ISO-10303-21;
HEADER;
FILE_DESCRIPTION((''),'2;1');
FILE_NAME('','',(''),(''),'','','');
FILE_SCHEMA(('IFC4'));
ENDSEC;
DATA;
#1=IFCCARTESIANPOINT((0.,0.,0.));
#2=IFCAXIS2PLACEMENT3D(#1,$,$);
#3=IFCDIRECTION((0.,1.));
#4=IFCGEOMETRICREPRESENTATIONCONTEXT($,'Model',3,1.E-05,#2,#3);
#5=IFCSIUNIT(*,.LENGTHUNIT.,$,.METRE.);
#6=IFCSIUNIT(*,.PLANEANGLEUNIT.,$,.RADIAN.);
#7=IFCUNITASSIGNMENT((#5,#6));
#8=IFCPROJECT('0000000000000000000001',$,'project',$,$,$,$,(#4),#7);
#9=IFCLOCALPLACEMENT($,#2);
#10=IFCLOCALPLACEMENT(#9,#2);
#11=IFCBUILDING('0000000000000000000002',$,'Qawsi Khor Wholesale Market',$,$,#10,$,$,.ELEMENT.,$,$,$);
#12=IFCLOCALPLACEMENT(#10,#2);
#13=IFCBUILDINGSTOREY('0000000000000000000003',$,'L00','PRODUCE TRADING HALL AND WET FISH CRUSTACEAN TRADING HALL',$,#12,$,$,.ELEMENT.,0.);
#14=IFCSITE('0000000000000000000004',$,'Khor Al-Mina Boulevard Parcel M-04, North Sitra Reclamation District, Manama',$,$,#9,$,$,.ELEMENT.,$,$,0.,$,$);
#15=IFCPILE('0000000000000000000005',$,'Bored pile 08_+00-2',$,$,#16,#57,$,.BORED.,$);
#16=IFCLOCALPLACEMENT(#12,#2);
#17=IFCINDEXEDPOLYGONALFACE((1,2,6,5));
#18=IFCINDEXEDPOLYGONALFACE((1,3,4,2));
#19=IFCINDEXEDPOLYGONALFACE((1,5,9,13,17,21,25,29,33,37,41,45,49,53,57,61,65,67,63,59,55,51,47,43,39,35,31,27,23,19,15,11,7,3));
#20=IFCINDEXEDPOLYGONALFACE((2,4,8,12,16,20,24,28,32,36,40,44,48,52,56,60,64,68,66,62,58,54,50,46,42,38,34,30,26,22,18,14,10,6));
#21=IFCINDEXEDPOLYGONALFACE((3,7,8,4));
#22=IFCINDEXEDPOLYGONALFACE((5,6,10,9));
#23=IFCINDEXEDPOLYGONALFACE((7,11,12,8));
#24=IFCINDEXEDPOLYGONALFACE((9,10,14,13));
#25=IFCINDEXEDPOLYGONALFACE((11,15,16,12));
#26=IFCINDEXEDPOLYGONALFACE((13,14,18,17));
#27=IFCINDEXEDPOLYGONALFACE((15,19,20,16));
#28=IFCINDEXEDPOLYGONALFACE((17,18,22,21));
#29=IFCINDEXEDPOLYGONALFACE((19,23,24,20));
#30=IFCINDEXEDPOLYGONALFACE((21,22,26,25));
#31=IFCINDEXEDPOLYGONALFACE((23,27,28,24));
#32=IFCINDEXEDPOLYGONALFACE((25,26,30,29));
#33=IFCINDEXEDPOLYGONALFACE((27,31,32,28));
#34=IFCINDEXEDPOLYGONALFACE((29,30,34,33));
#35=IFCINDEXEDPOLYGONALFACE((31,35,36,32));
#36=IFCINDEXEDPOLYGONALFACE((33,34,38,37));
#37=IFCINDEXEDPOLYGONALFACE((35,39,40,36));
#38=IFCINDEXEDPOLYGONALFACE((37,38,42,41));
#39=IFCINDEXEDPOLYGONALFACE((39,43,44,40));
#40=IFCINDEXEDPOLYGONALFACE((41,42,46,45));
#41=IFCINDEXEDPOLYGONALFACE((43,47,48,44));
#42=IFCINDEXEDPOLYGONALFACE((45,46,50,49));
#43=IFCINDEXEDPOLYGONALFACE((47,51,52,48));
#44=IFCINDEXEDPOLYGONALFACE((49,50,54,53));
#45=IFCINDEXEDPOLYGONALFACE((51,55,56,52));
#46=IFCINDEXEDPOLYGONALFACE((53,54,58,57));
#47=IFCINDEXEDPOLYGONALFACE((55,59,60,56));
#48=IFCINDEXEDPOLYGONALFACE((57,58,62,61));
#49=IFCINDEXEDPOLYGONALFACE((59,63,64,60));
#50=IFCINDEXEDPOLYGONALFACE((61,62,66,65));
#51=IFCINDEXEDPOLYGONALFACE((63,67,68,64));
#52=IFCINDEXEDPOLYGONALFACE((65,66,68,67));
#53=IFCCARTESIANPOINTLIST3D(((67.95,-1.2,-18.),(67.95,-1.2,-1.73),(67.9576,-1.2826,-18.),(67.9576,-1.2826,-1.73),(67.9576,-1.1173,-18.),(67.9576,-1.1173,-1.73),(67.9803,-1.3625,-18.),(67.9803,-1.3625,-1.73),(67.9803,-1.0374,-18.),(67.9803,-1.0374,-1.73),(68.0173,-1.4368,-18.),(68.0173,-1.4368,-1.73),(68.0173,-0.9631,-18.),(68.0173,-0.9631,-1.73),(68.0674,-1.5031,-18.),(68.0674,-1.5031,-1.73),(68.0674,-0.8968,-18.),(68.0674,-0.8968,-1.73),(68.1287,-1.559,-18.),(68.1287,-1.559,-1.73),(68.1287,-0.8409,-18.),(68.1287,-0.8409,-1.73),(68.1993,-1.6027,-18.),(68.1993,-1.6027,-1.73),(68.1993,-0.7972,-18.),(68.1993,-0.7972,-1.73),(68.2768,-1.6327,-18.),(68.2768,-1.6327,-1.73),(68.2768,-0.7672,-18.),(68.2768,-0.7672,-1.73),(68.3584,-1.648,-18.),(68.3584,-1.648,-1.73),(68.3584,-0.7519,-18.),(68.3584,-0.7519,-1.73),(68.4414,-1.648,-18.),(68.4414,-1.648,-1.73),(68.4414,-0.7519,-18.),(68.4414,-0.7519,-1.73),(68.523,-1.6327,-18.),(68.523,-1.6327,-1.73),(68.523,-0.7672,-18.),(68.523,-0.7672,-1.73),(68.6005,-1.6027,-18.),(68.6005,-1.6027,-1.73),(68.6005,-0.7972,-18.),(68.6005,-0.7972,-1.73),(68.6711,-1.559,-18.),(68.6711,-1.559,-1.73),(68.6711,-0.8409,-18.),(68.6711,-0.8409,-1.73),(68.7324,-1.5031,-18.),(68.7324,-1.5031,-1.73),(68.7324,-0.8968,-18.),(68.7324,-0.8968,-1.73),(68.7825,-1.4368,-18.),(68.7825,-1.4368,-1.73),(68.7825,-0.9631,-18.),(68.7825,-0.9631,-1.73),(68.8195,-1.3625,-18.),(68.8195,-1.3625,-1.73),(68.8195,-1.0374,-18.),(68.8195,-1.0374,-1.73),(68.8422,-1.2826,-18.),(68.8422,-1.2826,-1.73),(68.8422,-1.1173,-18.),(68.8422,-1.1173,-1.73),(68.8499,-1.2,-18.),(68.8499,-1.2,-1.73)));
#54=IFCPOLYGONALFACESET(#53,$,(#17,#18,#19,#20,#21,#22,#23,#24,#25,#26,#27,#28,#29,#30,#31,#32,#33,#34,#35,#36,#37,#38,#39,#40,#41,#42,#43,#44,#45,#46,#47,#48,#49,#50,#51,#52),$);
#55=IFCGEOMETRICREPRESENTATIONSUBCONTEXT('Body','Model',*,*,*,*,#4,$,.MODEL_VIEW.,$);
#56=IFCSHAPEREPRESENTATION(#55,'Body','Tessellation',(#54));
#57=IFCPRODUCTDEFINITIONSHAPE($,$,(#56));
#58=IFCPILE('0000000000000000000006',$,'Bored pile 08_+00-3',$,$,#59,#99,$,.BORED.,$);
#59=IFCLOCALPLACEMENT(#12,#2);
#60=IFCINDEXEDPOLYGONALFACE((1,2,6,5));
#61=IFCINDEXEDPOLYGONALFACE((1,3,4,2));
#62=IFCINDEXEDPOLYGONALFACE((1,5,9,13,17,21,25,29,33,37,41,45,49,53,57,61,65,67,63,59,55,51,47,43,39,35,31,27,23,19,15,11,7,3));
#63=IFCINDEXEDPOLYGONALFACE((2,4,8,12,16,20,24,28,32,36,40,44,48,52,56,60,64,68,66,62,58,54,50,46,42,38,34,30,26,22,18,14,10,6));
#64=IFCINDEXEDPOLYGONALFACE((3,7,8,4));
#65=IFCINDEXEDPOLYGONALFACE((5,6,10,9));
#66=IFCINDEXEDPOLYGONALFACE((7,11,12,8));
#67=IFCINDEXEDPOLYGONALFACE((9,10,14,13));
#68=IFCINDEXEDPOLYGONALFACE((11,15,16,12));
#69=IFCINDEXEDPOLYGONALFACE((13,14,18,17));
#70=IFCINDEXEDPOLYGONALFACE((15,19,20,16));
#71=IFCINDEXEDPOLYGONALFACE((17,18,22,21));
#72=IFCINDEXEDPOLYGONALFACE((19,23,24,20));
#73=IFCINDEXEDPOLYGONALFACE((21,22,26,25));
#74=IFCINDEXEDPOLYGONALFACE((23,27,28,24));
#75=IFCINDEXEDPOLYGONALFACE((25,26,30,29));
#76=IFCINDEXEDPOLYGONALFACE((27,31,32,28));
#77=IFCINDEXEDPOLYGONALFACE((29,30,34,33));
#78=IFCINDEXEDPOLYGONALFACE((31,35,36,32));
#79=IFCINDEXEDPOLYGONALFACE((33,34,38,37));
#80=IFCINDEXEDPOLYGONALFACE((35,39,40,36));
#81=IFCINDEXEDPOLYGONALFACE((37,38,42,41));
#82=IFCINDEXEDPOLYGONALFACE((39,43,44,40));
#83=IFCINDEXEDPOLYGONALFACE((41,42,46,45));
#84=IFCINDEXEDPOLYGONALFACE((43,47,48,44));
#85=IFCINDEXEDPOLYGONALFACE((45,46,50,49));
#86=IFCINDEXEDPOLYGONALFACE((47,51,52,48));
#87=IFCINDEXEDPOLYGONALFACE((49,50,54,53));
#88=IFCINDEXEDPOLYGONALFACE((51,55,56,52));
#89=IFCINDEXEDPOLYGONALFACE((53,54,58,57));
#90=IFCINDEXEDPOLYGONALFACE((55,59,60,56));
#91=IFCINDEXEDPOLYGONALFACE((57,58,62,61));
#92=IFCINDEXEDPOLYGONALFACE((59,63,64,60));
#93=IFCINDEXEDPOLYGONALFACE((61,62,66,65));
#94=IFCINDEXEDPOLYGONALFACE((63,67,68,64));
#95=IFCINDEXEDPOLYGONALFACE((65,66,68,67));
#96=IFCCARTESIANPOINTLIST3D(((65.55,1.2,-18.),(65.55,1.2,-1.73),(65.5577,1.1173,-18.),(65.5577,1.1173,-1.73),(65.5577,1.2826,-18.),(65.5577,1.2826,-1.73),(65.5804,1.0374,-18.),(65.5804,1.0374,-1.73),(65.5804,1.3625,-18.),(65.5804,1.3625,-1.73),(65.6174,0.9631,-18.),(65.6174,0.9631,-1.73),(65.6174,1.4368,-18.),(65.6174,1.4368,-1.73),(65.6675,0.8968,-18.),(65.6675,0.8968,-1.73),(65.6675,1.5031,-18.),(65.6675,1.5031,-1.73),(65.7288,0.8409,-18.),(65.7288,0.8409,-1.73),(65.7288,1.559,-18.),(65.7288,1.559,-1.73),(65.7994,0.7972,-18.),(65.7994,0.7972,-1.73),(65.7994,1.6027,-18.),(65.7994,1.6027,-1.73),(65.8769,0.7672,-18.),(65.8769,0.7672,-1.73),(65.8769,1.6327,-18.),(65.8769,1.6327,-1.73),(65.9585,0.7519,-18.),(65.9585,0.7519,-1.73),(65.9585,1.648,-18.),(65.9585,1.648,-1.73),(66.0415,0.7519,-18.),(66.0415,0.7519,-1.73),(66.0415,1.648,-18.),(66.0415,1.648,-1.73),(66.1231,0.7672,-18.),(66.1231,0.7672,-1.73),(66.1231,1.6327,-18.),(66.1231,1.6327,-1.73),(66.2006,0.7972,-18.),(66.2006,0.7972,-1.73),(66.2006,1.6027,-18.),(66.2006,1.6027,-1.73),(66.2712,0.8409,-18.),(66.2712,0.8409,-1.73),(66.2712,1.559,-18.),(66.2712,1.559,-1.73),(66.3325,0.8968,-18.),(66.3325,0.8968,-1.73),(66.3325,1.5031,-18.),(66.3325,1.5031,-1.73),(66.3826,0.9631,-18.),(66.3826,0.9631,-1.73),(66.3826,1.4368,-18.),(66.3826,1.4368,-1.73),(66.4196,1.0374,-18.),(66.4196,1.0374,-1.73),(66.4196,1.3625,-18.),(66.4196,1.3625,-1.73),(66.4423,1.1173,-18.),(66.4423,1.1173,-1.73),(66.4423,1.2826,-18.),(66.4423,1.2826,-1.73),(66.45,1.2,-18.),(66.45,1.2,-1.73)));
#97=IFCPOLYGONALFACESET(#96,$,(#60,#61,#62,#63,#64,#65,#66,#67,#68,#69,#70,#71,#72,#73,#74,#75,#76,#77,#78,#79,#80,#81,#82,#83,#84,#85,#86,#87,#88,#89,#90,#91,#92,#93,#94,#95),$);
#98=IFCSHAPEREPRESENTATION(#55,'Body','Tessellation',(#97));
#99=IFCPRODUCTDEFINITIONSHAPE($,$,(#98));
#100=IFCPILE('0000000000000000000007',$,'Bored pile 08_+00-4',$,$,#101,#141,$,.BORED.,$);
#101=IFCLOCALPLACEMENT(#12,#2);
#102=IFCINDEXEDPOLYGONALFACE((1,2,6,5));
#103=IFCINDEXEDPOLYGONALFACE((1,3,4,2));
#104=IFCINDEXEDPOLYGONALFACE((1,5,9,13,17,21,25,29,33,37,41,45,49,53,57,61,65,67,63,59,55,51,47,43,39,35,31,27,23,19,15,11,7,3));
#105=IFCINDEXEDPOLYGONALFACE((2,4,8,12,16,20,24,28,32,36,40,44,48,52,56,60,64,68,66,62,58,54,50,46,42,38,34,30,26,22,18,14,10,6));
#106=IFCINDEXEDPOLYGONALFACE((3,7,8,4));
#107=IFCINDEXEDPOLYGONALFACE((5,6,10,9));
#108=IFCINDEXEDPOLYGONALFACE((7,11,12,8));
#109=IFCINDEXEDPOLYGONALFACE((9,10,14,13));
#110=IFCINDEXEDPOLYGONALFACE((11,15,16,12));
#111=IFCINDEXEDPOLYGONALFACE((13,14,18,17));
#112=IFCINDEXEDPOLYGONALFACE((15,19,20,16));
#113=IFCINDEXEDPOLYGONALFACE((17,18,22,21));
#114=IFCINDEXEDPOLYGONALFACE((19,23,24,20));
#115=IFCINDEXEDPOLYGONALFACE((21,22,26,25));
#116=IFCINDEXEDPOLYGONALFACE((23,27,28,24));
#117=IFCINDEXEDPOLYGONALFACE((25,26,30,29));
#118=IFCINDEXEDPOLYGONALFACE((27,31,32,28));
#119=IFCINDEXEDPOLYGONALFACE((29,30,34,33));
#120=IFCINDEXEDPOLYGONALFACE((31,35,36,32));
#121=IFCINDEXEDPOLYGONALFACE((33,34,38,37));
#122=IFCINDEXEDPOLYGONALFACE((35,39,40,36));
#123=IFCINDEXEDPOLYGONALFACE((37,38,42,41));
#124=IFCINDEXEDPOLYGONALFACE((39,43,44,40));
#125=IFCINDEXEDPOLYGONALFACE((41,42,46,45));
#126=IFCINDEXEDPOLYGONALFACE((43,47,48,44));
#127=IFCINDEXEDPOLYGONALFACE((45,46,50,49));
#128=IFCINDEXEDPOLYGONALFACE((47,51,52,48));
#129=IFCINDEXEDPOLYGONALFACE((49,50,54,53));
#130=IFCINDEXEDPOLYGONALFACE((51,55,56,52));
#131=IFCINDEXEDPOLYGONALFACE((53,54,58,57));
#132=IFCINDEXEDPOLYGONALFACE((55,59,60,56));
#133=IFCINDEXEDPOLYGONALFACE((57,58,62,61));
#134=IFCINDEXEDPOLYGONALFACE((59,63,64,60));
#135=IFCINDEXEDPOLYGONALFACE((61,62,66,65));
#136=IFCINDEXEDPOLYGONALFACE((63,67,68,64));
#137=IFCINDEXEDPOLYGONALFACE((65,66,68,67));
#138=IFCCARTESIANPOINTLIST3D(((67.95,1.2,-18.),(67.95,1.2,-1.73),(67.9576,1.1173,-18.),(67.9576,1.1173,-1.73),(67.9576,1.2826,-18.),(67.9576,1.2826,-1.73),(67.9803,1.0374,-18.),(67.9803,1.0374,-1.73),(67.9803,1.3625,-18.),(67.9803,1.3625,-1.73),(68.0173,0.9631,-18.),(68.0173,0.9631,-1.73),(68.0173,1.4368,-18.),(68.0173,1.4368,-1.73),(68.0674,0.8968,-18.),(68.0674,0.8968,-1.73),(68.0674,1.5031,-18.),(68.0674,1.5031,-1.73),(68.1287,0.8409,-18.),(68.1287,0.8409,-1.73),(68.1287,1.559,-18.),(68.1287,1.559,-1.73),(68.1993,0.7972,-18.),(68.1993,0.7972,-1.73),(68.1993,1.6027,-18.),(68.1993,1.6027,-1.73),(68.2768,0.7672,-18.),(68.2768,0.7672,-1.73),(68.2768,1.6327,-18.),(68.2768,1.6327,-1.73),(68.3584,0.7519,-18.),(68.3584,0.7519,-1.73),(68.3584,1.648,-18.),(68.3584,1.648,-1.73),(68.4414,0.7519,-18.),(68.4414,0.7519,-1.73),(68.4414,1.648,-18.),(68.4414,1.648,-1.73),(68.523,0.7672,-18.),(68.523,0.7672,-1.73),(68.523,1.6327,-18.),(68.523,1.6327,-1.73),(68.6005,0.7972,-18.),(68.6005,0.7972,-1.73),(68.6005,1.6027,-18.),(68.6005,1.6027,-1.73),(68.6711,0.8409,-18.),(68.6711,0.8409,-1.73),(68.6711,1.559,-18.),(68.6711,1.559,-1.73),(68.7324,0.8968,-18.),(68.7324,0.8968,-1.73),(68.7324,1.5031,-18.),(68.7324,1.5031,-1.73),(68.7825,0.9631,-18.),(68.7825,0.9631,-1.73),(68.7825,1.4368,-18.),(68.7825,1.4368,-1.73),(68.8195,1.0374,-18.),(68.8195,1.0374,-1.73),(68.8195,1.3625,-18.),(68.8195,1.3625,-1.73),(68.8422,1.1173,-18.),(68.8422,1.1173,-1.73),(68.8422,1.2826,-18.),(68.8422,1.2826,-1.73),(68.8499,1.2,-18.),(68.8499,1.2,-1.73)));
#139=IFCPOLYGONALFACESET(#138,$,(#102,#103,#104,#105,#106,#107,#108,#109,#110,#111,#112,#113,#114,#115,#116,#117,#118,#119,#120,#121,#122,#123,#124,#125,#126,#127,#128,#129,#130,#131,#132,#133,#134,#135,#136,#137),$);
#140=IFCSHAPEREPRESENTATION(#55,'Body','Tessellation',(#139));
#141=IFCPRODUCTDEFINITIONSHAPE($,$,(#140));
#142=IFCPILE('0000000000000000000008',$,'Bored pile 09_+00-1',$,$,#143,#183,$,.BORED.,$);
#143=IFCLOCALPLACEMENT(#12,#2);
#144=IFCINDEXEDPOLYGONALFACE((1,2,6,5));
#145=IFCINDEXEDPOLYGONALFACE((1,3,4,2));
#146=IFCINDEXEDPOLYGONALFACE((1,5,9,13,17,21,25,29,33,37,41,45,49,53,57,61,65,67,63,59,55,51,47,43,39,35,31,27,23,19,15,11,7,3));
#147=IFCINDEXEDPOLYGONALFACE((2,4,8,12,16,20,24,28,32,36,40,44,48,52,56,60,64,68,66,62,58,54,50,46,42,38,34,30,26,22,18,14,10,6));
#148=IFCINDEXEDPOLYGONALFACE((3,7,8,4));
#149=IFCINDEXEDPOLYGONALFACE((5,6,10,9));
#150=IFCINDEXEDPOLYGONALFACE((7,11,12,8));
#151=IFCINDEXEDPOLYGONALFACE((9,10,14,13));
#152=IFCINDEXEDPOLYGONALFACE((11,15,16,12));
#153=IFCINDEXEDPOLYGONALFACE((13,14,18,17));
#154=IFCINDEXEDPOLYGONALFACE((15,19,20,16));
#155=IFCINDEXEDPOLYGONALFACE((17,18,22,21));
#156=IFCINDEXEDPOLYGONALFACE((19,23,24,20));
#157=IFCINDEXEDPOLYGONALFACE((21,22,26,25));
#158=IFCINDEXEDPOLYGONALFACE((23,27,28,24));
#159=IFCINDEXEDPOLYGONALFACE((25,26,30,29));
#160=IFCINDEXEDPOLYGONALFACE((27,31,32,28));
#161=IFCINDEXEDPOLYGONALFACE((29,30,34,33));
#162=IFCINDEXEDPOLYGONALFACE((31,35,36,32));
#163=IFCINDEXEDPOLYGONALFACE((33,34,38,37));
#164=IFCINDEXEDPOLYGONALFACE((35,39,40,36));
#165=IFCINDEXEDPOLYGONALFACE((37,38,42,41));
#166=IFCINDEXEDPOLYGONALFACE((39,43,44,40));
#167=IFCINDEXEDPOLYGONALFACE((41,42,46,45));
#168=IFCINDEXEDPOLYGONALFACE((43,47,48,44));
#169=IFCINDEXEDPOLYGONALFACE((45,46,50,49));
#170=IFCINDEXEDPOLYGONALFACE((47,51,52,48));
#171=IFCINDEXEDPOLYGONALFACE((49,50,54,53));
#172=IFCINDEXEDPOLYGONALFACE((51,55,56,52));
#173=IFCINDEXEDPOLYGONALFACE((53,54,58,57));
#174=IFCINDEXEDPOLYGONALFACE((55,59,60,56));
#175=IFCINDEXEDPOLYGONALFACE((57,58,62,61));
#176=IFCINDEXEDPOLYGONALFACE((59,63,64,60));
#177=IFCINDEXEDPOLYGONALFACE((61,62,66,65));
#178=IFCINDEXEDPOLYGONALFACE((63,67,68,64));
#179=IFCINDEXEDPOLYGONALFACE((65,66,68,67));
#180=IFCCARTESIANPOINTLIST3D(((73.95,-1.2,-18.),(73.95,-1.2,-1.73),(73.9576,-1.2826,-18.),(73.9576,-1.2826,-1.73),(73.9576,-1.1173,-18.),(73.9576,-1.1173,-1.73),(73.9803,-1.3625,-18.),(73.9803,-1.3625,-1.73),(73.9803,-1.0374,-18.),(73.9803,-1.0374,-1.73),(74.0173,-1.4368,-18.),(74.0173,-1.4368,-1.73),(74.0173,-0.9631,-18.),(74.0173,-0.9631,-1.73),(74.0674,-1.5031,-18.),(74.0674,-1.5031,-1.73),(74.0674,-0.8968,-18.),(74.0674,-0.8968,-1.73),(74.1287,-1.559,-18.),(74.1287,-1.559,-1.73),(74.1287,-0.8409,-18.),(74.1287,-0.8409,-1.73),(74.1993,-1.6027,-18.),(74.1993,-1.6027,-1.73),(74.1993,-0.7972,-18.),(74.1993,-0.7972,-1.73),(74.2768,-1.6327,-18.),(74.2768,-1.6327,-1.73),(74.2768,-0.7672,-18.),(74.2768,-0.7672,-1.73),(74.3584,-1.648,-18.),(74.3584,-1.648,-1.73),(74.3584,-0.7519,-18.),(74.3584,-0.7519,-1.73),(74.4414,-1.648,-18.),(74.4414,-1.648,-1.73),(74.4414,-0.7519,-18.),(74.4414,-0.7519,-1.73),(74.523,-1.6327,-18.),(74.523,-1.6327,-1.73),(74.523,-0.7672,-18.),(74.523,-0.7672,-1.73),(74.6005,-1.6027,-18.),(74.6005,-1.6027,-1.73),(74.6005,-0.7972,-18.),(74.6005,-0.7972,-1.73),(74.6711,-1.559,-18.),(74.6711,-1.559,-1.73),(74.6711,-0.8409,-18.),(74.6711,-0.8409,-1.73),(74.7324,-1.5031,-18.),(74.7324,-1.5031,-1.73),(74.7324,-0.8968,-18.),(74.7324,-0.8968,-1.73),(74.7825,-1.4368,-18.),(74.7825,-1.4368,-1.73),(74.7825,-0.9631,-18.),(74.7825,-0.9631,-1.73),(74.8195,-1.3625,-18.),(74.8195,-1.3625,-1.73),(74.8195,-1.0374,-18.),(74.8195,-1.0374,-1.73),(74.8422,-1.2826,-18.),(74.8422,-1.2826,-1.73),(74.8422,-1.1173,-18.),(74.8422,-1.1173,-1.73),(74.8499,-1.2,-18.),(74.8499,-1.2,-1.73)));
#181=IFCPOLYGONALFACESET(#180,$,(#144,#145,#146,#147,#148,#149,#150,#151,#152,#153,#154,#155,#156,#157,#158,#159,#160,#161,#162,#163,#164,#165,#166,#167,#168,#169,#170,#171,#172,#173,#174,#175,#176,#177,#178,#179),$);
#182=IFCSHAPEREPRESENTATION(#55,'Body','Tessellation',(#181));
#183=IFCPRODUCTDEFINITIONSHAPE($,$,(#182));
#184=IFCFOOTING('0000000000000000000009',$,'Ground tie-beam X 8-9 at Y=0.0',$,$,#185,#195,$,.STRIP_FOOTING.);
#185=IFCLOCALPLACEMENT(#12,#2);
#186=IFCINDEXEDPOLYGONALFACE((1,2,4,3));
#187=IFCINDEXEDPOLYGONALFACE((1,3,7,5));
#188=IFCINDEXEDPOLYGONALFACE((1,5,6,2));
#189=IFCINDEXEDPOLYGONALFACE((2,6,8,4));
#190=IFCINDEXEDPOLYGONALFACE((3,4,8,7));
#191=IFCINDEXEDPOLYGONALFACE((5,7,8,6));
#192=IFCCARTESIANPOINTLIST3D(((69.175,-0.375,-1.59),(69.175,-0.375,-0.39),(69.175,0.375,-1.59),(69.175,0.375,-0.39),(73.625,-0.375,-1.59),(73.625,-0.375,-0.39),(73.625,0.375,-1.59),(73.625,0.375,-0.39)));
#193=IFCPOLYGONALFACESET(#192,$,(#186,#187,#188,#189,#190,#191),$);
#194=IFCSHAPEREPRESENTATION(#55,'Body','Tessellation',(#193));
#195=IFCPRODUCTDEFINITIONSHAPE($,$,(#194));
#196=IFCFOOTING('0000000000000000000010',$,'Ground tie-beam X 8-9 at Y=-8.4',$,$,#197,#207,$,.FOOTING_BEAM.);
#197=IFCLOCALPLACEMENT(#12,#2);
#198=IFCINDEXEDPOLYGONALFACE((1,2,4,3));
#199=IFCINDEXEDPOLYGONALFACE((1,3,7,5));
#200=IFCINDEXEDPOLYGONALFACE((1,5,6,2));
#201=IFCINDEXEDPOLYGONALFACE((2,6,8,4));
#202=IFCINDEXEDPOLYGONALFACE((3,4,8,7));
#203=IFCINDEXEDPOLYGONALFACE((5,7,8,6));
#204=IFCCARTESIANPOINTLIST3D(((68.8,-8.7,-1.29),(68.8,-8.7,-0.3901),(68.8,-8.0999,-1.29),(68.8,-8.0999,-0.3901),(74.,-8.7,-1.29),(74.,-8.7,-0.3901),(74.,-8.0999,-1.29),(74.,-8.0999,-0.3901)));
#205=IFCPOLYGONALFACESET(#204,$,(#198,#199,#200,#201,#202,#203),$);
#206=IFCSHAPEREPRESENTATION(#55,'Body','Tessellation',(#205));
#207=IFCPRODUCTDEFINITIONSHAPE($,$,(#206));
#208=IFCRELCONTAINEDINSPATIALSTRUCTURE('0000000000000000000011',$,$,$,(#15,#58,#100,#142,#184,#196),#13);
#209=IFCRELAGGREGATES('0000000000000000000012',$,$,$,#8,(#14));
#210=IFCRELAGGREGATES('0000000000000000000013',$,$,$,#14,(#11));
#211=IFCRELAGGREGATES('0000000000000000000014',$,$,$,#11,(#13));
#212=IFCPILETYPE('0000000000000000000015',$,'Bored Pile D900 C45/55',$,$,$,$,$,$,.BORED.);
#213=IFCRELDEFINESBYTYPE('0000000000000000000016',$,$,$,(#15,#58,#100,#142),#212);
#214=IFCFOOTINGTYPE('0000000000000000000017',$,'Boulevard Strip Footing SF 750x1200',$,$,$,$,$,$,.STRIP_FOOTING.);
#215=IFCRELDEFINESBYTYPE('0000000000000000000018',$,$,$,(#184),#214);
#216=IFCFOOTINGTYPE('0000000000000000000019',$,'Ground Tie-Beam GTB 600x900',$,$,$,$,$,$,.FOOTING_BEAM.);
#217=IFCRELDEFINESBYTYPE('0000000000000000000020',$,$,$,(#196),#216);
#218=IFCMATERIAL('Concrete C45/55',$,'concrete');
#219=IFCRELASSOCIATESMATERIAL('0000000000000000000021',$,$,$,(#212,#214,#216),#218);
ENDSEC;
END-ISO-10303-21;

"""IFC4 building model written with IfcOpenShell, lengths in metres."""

from ifc_helpers import new_model, si_unit, direction, frame, origin, origin_2d, place, context, subcontext, project, spatial, rectangle, circle, extrude, material, material_profile, profile_set, type_object, element, save


model = new_model("IFC4")

# Units and contexts
model_context = context("Model", 3, precision=1e-05, world=origin(), true_north=direction((0.0, 1.0)))
body_context = subcontext(model_context, "Body", "Model", "MODEL_VIEW")
ifc_project = project(units=[si_unit("LENGTHUNIT", "METRE"), si_unit("PLANEANGLEUNIT", "RADIAN")], contexts=[model_context])

# Site, building, storey
site_placement = place(None, origin())
site = spatial("IfcSite", under=ifc_project, at=site_placement, Name="Khor Al-Mina Boulevard Parcel M-04, North Sitra Reclamation District, Manama", CompositionType="ELEMENT", RefElevation=0.0)
building_placement = place(site_placement, origin())
building = spatial("IfcBuilding", under=site, at=building_placement, Name="Qawsi Khor Wholesale Market", CompositionType="ELEMENT")
storey_placement = place(building_placement, origin())
storey = spatial("IfcBuildingStorey", under=building, at=storey_placement, Name="L00", Description="PRODUCE TRADING HALL AND WET FISH CRUSTACEAN TRADING HALL", CompositionType="ELEMENT", Elevation=0.0)

# Piles
ifc_material_1 = material(Name="Concrete C45/55", Category="concrete")
ifc_material_profile_1 = material_profile(ifc_material_1, circle(Radius=0.45, at=origin_2d()), Name="PILE D900")
ifc_profile_set_1 = profile_set([ifc_material_profile_1], Name="Concrete C45/55")
pile_type_1 = type_object("IfcPileType", Name="Bored Pile D900 C45/55", PredefinedType="BORED", material=ifc_profile_set_1)
for number, where, z_axis, x_axis, name in (
    (1, (68.3999, -1.2, -1.73), (0.0, 0.0, -1.0), (1.0, 0.0, 0.0), "Bored pile 08_+00-2"),
    (2, (66.0, 1.2, -1.73), (0.0, 0.0, -1.0), (1.0, 0.0, 0.0), "Bored pile 08_+00-3"),
    (3, (68.3999, 1.2, -1.73), (0.0, 0.0, -1.0), (1.0, 0.0, 0.0), "Bored pile 08_+00-4"),
    (4, (74.3999, -1.2, -1.73), (0.0, 0.0, -1.0), (1.0, 0.0, 0.0), "Bored pile 09_+00-1"),
):
    element("IfcPile", number, at=place(storey_placement, frame(where, z_axis=z_axis, x_axis=x_axis)), inside=storey, type_object=pile_type_1, Name=name, PredefinedType="BORED", context=body_context, shape_type="SweptSolid", body=[
        extrude(circle(Radius=0.45, at=origin_2d()), origin(), (0.0, 0.0, 1.0), 16.27),
    ])

# Footings
ifc_material_profile_2 = material_profile(ifc_material_1, rectangle(XDim=0.75, YDim=1.2, at=origin_2d()), Name="RC 750x1200")
ifc_profile_set_2 = profile_set([ifc_material_profile_2], Name="Concrete C45/55")
footing_type_1 = type_object("IfcFootingType", Name="Boulevard Strip Footing SF 750x1200", PredefinedType="STRIP_FOOTING", material=ifc_profile_set_2)
footing_1_placement = place(storey_placement, frame((69.175, 0.0, -0.99), z_axis=(1.0, 0.0, 0.0), x_axis=(0.0, 1.0, 0.0)))
element("IfcFooting", 5, at=footing_1_placement, inside=storey, type_object=footing_type_1, Name="Ground tie-beam X 8-9 at Y=0.0", PredefinedType="STRIP_FOOTING", context=body_context, shape_type="SweptSolid", body=[
    extrude(rectangle(XDim=0.75, YDim=1.2, at=origin_2d()), origin(), (0.0, 0.0, 1.0), 4.45),
])
ifc_material_profile_3 = material_profile(ifc_material_1, rectangle(XDim=0.6001, YDim=0.8999, at=origin_2d()), Name="RC 600x900")
ifc_profile_set_3 = profile_set([ifc_material_profile_3], Name="Concrete C45/55")
footing_type_2 = type_object("IfcFootingType", Name="Ground Tie-Beam GTB 600x900", PredefinedType="FOOTING_BEAM", material=ifc_profile_set_3)
footing_2_placement = place(storey_placement, frame((68.8, -8.3999, -0.8401), z_axis=(1.0, 0.0, 0.0), x_axis=(0.0, 1.0, 0.0)))
element("IfcFooting", 6, at=footing_2_placement, inside=storey, type_object=footing_type_2, Name="Ground tie-beam X 8-9 at Y=-8.4", PredefinedType="FOOTING_BEAM", context=body_context, shape_type="SweptSolid", body=[
    extrude(rectangle(XDim=0.6001, YDim=0.8999, at=origin_2d()), origin(), (0.0, 0.0, 1.0), 5.2),
])

save(model, "model.ifc")
